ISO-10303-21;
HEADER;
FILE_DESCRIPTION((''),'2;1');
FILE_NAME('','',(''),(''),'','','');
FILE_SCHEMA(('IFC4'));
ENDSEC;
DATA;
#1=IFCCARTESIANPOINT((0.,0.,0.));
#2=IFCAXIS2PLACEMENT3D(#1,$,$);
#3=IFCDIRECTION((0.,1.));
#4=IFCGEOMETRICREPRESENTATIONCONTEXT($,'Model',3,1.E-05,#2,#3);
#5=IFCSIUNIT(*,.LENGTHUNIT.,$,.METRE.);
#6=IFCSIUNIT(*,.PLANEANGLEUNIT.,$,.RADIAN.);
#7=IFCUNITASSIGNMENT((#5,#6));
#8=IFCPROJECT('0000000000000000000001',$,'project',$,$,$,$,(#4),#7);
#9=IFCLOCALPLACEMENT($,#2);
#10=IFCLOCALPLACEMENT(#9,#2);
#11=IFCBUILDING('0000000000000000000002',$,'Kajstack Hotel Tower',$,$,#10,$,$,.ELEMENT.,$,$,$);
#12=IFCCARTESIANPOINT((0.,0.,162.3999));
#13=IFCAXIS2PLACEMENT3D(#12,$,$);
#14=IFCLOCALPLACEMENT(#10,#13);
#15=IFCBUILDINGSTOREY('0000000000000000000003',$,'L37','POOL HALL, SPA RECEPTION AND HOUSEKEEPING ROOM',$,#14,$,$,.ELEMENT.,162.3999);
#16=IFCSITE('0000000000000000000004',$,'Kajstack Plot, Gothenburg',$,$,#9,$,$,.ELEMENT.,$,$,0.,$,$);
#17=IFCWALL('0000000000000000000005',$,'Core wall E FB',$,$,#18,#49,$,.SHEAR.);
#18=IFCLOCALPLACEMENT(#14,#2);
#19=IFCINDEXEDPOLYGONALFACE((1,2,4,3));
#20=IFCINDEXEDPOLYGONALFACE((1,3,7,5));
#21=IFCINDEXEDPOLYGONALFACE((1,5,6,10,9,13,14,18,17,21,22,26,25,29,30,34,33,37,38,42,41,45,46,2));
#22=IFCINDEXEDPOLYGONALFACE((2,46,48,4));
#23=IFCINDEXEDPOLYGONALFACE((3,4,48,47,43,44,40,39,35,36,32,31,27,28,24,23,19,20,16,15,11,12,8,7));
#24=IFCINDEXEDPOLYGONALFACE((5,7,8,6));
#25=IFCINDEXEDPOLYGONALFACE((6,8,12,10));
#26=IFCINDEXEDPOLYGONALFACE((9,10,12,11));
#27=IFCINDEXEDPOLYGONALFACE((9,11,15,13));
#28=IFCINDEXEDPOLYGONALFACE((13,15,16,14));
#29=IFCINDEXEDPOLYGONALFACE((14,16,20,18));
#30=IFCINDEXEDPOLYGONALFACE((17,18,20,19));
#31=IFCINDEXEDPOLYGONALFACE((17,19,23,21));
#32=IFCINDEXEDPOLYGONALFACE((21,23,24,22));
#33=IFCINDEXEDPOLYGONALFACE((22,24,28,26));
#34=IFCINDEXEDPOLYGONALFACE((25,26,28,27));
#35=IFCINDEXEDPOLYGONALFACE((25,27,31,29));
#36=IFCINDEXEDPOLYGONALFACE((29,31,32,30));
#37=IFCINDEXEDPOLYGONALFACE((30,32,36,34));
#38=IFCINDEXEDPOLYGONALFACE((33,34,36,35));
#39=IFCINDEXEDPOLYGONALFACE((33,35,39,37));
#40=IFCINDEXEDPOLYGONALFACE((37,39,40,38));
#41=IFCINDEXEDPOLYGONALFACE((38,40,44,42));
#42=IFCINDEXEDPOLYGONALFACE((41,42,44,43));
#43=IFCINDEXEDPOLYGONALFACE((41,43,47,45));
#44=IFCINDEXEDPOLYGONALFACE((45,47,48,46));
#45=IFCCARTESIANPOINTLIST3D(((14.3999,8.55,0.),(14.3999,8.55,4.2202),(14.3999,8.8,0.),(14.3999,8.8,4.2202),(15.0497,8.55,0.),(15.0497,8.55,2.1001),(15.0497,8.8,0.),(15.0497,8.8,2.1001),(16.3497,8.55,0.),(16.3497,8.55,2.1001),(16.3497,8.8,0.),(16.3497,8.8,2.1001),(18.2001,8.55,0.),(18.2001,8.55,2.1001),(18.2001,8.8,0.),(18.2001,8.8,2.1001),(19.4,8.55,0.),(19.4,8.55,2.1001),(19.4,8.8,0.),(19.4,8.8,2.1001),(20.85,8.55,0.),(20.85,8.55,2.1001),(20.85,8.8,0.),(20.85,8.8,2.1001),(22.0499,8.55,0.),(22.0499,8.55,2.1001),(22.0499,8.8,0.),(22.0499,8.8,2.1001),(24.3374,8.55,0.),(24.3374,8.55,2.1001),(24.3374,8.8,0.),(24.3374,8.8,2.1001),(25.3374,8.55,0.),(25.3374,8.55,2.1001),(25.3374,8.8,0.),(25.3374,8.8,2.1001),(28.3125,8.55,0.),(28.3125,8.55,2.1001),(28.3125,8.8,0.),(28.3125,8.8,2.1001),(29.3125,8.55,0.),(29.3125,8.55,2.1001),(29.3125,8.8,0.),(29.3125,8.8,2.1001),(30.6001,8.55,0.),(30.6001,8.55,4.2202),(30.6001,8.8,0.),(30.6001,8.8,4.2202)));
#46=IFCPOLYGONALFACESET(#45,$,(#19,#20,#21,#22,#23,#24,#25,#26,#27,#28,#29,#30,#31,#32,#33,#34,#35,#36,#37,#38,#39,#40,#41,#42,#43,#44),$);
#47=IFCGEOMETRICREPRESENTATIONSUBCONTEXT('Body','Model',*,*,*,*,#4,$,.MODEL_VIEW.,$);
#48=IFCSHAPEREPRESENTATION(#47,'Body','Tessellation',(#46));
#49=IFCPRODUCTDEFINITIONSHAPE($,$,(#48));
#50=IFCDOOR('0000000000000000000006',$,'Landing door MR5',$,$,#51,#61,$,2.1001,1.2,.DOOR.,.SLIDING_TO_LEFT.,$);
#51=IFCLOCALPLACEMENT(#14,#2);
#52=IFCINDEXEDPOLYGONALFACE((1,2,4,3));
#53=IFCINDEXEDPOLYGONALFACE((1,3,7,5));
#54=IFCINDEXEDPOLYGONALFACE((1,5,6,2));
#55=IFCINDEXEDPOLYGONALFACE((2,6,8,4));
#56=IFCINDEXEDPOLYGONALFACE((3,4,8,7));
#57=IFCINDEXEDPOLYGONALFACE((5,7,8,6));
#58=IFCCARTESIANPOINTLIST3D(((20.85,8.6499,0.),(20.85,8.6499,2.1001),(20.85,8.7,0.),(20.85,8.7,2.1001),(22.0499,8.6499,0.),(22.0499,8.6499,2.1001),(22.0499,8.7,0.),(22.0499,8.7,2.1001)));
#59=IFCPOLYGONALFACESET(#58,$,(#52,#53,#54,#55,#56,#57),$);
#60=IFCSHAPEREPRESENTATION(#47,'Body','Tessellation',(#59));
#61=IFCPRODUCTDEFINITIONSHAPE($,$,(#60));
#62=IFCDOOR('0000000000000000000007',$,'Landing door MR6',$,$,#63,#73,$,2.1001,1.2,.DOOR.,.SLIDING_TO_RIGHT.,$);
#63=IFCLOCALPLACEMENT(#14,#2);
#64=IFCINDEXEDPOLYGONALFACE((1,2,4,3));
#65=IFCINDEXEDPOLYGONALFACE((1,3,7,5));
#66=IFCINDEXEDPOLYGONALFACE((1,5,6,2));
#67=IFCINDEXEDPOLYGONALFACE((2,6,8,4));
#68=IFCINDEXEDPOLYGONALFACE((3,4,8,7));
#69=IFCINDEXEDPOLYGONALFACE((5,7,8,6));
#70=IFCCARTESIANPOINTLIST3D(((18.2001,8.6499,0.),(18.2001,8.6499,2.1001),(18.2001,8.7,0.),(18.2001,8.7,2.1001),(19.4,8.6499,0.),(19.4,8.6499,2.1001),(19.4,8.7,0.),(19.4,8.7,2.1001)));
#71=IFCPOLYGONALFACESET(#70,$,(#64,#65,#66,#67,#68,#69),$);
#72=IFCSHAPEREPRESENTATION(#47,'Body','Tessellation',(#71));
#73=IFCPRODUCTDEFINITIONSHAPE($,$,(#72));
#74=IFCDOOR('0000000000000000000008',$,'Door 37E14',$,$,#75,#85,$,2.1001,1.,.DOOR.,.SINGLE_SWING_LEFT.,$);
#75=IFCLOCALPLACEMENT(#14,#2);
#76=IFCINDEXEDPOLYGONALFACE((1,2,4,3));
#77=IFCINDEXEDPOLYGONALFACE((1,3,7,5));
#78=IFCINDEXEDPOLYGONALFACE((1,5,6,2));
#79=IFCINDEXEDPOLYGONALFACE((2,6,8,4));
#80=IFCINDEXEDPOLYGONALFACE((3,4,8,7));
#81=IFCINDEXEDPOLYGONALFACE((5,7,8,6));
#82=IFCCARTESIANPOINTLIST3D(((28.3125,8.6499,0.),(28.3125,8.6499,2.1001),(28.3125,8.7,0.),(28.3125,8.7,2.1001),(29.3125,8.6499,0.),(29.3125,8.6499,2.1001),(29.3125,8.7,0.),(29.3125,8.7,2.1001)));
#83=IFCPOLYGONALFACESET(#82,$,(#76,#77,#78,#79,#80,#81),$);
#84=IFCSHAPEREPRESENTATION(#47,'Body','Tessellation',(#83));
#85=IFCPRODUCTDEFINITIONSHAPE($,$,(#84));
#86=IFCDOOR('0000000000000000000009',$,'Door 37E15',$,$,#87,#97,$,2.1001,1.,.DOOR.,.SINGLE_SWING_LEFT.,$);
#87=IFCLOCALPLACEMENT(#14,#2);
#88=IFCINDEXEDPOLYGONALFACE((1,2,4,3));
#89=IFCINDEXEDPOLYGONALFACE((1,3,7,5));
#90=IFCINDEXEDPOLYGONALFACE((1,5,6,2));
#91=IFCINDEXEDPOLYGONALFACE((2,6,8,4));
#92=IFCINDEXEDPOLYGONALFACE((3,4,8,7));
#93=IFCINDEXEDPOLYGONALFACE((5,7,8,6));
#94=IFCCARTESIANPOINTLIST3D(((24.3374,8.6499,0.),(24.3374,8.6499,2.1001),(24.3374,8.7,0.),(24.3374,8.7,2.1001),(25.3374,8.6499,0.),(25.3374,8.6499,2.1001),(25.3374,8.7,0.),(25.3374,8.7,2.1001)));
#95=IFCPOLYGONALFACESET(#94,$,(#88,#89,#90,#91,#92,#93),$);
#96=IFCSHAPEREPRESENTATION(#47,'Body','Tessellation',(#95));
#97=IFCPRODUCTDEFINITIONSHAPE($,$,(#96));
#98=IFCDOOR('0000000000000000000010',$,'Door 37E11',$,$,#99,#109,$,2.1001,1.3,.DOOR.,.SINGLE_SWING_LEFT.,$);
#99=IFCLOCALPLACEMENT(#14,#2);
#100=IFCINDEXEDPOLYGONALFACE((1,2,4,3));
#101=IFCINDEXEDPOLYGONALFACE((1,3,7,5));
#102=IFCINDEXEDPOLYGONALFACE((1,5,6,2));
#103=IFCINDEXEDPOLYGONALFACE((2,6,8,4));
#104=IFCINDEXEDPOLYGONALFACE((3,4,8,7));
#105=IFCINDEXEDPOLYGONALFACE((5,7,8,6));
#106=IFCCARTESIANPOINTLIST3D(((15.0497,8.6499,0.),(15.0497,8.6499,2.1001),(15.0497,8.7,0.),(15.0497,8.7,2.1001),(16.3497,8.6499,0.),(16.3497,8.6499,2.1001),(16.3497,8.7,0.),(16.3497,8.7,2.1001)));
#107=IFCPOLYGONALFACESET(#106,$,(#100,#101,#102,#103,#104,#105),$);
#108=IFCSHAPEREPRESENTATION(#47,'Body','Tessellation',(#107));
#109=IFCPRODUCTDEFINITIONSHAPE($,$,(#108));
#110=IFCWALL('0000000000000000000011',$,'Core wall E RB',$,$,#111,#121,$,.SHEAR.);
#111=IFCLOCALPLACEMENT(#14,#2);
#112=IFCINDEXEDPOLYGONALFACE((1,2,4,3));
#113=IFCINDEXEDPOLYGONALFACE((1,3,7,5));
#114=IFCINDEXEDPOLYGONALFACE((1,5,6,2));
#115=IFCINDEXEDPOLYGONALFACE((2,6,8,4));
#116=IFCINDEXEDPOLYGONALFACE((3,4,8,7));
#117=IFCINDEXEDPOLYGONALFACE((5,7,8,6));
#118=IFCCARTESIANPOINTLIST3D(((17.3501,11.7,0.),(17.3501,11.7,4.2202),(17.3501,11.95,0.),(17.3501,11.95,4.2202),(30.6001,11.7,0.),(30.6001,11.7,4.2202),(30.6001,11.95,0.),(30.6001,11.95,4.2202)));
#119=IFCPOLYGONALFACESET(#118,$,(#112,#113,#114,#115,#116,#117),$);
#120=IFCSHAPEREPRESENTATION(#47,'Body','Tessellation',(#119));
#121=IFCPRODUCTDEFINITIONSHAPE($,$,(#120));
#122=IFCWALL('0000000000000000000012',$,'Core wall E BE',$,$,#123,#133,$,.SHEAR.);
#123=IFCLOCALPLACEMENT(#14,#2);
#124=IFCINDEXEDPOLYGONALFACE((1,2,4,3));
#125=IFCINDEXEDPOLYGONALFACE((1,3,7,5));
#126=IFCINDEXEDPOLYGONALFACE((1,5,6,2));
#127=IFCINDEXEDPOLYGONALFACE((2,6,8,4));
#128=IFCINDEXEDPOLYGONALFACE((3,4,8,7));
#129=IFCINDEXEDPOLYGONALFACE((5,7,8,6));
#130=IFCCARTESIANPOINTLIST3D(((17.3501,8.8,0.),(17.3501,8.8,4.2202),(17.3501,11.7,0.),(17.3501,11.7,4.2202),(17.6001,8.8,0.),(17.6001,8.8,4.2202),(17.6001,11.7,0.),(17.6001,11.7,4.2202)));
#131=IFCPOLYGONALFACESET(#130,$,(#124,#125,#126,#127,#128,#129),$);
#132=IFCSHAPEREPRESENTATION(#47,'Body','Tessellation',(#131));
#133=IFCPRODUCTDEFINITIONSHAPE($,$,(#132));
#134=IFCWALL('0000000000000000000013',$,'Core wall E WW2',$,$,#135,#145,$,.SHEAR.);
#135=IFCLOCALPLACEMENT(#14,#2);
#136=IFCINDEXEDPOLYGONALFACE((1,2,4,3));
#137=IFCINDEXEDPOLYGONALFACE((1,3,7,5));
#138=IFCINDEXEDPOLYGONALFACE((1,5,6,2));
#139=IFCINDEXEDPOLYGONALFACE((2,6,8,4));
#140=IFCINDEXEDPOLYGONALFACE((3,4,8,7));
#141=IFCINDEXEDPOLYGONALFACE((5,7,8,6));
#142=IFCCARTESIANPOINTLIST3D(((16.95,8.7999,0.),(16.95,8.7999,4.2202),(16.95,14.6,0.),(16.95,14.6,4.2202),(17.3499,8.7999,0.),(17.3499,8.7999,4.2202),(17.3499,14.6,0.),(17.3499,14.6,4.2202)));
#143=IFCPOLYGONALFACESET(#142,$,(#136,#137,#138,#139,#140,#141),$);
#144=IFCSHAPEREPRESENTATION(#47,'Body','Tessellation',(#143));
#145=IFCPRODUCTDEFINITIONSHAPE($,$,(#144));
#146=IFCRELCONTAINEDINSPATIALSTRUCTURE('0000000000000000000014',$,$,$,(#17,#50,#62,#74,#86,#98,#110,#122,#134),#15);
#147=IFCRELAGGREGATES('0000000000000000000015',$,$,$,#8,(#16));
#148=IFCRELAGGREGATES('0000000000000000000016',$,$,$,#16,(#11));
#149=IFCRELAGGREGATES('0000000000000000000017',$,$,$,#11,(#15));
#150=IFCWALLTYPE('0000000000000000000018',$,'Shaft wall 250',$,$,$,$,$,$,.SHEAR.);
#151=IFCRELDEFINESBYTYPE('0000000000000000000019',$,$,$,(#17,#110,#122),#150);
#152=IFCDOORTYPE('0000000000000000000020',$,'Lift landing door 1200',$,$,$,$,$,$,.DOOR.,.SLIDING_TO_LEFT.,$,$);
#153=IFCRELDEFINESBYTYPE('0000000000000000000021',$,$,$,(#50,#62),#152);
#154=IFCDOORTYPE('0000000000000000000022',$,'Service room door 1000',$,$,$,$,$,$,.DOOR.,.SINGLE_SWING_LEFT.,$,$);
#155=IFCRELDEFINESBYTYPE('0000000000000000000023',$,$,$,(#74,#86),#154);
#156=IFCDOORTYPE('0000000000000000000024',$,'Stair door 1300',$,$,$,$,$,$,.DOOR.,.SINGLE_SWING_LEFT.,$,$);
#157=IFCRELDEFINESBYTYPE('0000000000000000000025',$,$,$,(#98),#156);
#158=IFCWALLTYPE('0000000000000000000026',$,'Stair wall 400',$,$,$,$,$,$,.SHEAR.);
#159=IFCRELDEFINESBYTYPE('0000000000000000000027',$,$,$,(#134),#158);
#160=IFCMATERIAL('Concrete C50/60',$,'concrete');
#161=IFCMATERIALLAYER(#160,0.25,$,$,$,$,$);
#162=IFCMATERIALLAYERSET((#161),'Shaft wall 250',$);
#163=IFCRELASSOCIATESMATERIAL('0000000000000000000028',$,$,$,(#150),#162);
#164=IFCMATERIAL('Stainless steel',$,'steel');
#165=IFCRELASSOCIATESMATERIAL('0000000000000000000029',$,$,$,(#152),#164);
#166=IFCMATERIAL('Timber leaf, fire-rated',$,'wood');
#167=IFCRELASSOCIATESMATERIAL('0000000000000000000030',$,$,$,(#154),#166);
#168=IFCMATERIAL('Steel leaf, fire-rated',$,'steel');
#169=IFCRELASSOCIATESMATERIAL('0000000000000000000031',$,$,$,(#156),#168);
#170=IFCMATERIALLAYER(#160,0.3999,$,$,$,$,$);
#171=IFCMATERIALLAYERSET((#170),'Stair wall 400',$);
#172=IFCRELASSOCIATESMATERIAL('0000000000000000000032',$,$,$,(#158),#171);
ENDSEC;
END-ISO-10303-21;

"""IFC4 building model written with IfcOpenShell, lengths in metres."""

from ifc_helpers import new_model, si_unit, direction, frame, frame_2d, origin, place, context, subcontext, project, spatial, rectangle, extrude, material, layer, layer_set, type_object, element, fill, save


model = new_model("IFC4")

# Units and contexts
model_context = context("Model", 3, precision=1e-05, world=origin(), true_north=direction((0.0, 1.0)))
body_context = subcontext(model_context, "Body", "Model", "MODEL_VIEW")
ifc_project = project(units=[si_unit("LENGTHUNIT", "METRE"), si_unit("PLANEANGLEUNIT", "RADIAN")], contexts=[model_context])

# Site, building, storey
site_placement = place(None, origin())
site = spatial("IfcSite", under=ifc_project, at=site_placement, Name="Kajstack Plot, Gothenburg", CompositionType="ELEMENT", RefElevation=0.0)
building_placement = place(site_placement, origin())
building = spatial("IfcBuilding", under=site, at=building_placement, Name="Kajstack Hotel Tower", CompositionType="ELEMENT")
storey_placement = place(building_placement, frame((0.0, 0.0, 162.3999)))
storey = spatial("IfcBuildingStorey", under=building, at=storey_placement, Name="L37", Description="POOL HALL, SPA RECEPTION AND HOUSEKEEPING ROOM", CompositionType="ELEMENT", Elevation=162.3999)

# Shared definitions
ifc_material_1 = material(Name="Stainless steel", Category="steel")

# Shared definitions
ifc_material_2 = material(Name="Concrete C50/60", Category="concrete")

# Shared definitions
ifc_material_3 = material(Name="Steel leaf, fire-rated", Category="steel")
ifc_material_4 = material(Name="Timber leaf, fire-rated", Category="wood")
ifc_layer_1 = layer(ifc_material_2, 0.25)
ifc_layer_set_1 = layer_set([ifc_layer_1], Name="Shaft wall 250")
wall_type_1 = type_object("IfcWallType", Name="Shaft wall 250", PredefinedType="SHEAR", material=ifc_layer_set_1)
door_type_1 = type_object("IfcDoorType", Name="Lift landing door 1200", OperationType="SLIDING_TO_LEFT", PredefinedType="DOOR", material=ifc_material_1)

# Wall, openings, doors
wall_1_placement = place(storey_placement, frame((14.3999, 8.675, 0.0), z_axis=(0.0, 0.0, 1.0), x_axis=(1.0, 0.0, 0.0)))
wall_1 = element("IfcWall", 1, at=wall_1_placement, inside=storey, type_object=wall_type_1, Name="Core wall E FB", PredefinedType="SHEAR", context=body_context, shape_type="SweptSolid", body=[
    extrude(rectangle(XDim=16.2002, YDim=0.25, at=frame_2d((8.1001, 0.0))), origin(), (0.0, 0.0, 1.0), 4.2202),
])
opening_1_placement = place(wall_1_placement, frame((6.45, 0.0, 0.0)))
opening_1 = element("IfcOpeningElement", 2, at=opening_1_placement, cuts=wall_1, PredefinedType="OPENING", context=body_context, shape_type="SweptSolid", body=[
    extrude(rectangle(XDim=1.2, YDim=2.1001, at=frame_2d((0.6001, 1.05))), frame((0.0, 0.135, 0.0), z_axis=(0.0, -1.0, 0.0), x_axis=(1.0, 0.0, 0.0)), (0.0, 0.0, 1.0), 0.27),
])
opening_2_placement = place(wall_1_placement, frame((3.8, 0.0, 0.0)))
opening_2 = element("IfcOpeningElement", 3, at=opening_2_placement, cuts=wall_1, PredefinedType="OPENING", context=body_context, shape_type="SweptSolid", body=[
    extrude(rectangle(XDim=1.2, YDim=2.1001, at=frame_2d((0.6001, 1.05))), frame((0.0, 0.135, 0.0), z_axis=(0.0, -1.0, 0.0), x_axis=(1.0, 0.0, 0.0)), (0.0, 0.0, 1.0), 0.27),
])
opening_3_placement = place(wall_1_placement, frame((0.6499, 0.0, 0.0)))
opening_3 = element("IfcOpeningElement", 4, at=opening_3_placement, cuts=wall_1, PredefinedType="OPENING", context=body_context, shape_type="SweptSolid", body=[
    extrude(rectangle(XDim=1.3, YDim=2.1001, at=frame_2d((0.6499, 1.05))), frame((0.0, 0.135, 0.0), z_axis=(0.0, -1.0, 0.0), x_axis=(1.0, 0.0, 0.0)), (0.0, 0.0, 1.0), 0.27),
])
opening_4_placement = place(wall_1_placement, frame((13.9126, 0.0, 0.0)))
opening_4 = element("IfcOpeningElement", 5, at=opening_4_placement, cuts=wall_1, PredefinedType="OPENING", context=body_context, shape_type="SweptSolid", body=[
    extrude(rectangle(XDim=1.0, YDim=2.1001, at=frame_2d((0.5, 1.05))), frame((0.0, 0.135, 0.0), z_axis=(0.0, -1.0, 0.0), x_axis=(1.0, 0.0, 0.0)), (0.0, 0.0, 1.0), 0.27),
])
opening_5_placement = place(wall_1_placement, frame((9.9375, 0.0, 0.0)))
opening_5 = element("IfcOpeningElement", 6, at=opening_5_placement, cuts=wall_1, PredefinedType="OPENING", context=body_context, shape_type="SweptSolid", body=[
    extrude(rectangle(XDim=1.0, YDim=2.1001, at=frame_2d((0.5, 1.05))), frame((0.0, 0.135, 0.0), z_axis=(0.0, -1.0, 0.0), x_axis=(1.0, 0.0, 0.0)), (0.0, 0.0, 1.0), 0.27),
])
door_1_placement = place(opening_1_placement, origin())
door_1 = element("IfcDoor", 7, at=door_1_placement, inside=storey, type_object=door_type_1, Name="Landing door MR5", OperationType="SLIDING_TO_LEFT", OverallHeight=2.1001, OverallWidth=1.2, PredefinedType="DOOR", context=body_context, shape_type="SweptSolid", body=[
    extrude(rectangle(XDim=1.2, YDim=2.1001, at=frame_2d((0.6001, 1.05))), frame((0.0, 0.0249, 0.0), z_axis=(0.0, -1.0, 0.0), x_axis=(1.0, 0.0, 0.0)), (0.0, 0.0, 1.0), 0.05),
])
fill(opening_1, door_1)
door_2_placement = place(opening_2_placement, origin())
door_2 = element("IfcDoor", 8, at=door_2_placement, inside=storey, type_object=door_type_1, Name="Landing door MR6", OperationType="SLIDING_TO_RIGHT", OverallHeight=2.1001, OverallWidth=1.2, PredefinedType="DOOR", context=body_context, shape_type="SweptSolid", body=[
    extrude(rectangle(XDim=1.2, YDim=2.1001, at=frame_2d((0.6001, 1.05))), frame((0.0, 0.0249, 0.0), z_axis=(0.0, -1.0, 0.0), x_axis=(1.0, 0.0, 0.0)), (0.0, 0.0, 1.0), 0.05),
])
fill(opening_2, door_2)
door_type_2 = type_object("IfcDoorType", Name="Service room door 1000", OperationType="SINGLE_SWING_LEFT", PredefinedType="DOOR", material=ifc_material_4)
door_3_placement = place(opening_4_placement, origin())
door_3 = element("IfcDoor", 9, at=door_3_placement, inside=storey, type_object=door_type_2, Name="Door 37E14", OperationType="SINGLE_SWING_LEFT", OverallHeight=2.1001, OverallWidth=1.0, PredefinedType="DOOR", context=body_context, shape_type="SweptSolid", body=[
    extrude(rectangle(XDim=1.0, YDim=2.1001, at=frame_2d((0.5, 1.05))), frame((0.0, 0.0249, 0.0), z_axis=(0.0, -1.0, 0.0), x_axis=(1.0, 0.0, 0.0)), (0.0, 0.0, 1.0), 0.05),
])
fill(opening_4, door_3)
door_4_placement = place(opening_5_placement, origin())
door_4 = element("IfcDoor", 10, at=door_4_placement, inside=storey, type_object=door_type_2, Name="Door 37E15", OperationType="SINGLE_SWING_LEFT", OverallHeight=2.1001, OverallWidth=1.0, PredefinedType="DOOR", context=body_context, shape_type="SweptSolid", body=[
    extrude(rectangle(XDim=1.0, YDim=2.1001, at=frame_2d((0.5, 1.05))), frame((0.0, 0.0249, 0.0), z_axis=(0.0, -1.0, 0.0), x_axis=(1.0, 0.0, 0.0)), (0.0, 0.0, 1.0), 0.05),
])
fill(opening_5, door_4)
door_type_3 = type_object("IfcDoorType", Name="Stair door 1300", OperationType="SINGLE_SWING_LEFT", PredefinedType="DOOR", material=ifc_material_3)
door_5_placement = place(opening_3_placement, origin())
door_5 = element("IfcDoor", 11, at=door_5_placement, inside=storey, type_object=door_type_3, Name="Door 37E11", OperationType="SINGLE_SWING_LEFT", OverallHeight=2.1001, OverallWidth=1.3, PredefinedType="DOOR", context=body_context, shape_type="SweptSolid", body=[
    extrude(rectangle(XDim=1.3, YDim=2.1001, at=frame_2d((0.6499, 1.05))), frame((0.0, 0.0249, 0.0), z_axis=(0.0, -1.0, 0.0), x_axis=(1.0, 0.0, 0.0)), (0.0, 0.0, 1.0), 0.05),
])
fill(opening_3, door_5)

# Walls
wall_2_placement = place(storey_placement, frame((17.3501, 11.825, 0.0), z_axis=(0.0, 0.0, 1.0), x_axis=(1.0, 0.0, 0.0)))
element("IfcWall", 12, at=wall_2_placement, inside=storey, type_object=wall_type_1, Name="Core wall E RB", PredefinedType="SHEAR", context=body_context, shape_type="SweptSolid", body=[
    extrude(rectangle(XDim=13.25, YDim=0.25, at=frame_2d((6.625, 0.0))), origin(), (0.0, 0.0, 1.0), 4.2202),
])
wall_3_placement = place(storey_placement, frame((17.4751, 8.8, 0.0), z_axis=(0.0, 0.0, 1.0), x_axis=(0.0, 1.0, 0.0)))
element("IfcWall", 13, at=wall_3_placement, inside=storey, type_object=wall_type_1, Name="Core wall E BE", PredefinedType="SHEAR", context=body_context, shape_type="SweptSolid", body=[
    extrude(rectangle(XDim=2.8999, YDim=0.25, at=frame_2d((1.45, 0.0))), origin(), (0.0, 0.0, 1.0), 4.2202),
])
ifc_layer_2 = layer(ifc_material_2, 0.3999)
ifc_layer_set_2 = layer_set([ifc_layer_2], Name="Stair wall 400")
wall_type_2 = type_object("IfcWallType", Name="Stair wall 400", PredefinedType="SHEAR", material=ifc_layer_set_2)
wall_4_placement = place(storey_placement, frame((17.1499, 8.8, 0.0), z_axis=(0.0, 0.0, 1.0), x_axis=(0.0, 1.0, 0.0)))
element("IfcWall", 14, at=wall_4_placement, inside=storey, type_object=wall_type_2, Name="Core wall E WW2", PredefinedType="SHEAR", context=body_context, shape_type="SweptSolid", body=[
    extrude(rectangle(XDim=5.8, YDim=0.3999, at=frame_2d((2.8999, 0.0))), origin(), (0.0, 0.0, 1.0), 4.2202),
])

save(model, "model.ifc")
